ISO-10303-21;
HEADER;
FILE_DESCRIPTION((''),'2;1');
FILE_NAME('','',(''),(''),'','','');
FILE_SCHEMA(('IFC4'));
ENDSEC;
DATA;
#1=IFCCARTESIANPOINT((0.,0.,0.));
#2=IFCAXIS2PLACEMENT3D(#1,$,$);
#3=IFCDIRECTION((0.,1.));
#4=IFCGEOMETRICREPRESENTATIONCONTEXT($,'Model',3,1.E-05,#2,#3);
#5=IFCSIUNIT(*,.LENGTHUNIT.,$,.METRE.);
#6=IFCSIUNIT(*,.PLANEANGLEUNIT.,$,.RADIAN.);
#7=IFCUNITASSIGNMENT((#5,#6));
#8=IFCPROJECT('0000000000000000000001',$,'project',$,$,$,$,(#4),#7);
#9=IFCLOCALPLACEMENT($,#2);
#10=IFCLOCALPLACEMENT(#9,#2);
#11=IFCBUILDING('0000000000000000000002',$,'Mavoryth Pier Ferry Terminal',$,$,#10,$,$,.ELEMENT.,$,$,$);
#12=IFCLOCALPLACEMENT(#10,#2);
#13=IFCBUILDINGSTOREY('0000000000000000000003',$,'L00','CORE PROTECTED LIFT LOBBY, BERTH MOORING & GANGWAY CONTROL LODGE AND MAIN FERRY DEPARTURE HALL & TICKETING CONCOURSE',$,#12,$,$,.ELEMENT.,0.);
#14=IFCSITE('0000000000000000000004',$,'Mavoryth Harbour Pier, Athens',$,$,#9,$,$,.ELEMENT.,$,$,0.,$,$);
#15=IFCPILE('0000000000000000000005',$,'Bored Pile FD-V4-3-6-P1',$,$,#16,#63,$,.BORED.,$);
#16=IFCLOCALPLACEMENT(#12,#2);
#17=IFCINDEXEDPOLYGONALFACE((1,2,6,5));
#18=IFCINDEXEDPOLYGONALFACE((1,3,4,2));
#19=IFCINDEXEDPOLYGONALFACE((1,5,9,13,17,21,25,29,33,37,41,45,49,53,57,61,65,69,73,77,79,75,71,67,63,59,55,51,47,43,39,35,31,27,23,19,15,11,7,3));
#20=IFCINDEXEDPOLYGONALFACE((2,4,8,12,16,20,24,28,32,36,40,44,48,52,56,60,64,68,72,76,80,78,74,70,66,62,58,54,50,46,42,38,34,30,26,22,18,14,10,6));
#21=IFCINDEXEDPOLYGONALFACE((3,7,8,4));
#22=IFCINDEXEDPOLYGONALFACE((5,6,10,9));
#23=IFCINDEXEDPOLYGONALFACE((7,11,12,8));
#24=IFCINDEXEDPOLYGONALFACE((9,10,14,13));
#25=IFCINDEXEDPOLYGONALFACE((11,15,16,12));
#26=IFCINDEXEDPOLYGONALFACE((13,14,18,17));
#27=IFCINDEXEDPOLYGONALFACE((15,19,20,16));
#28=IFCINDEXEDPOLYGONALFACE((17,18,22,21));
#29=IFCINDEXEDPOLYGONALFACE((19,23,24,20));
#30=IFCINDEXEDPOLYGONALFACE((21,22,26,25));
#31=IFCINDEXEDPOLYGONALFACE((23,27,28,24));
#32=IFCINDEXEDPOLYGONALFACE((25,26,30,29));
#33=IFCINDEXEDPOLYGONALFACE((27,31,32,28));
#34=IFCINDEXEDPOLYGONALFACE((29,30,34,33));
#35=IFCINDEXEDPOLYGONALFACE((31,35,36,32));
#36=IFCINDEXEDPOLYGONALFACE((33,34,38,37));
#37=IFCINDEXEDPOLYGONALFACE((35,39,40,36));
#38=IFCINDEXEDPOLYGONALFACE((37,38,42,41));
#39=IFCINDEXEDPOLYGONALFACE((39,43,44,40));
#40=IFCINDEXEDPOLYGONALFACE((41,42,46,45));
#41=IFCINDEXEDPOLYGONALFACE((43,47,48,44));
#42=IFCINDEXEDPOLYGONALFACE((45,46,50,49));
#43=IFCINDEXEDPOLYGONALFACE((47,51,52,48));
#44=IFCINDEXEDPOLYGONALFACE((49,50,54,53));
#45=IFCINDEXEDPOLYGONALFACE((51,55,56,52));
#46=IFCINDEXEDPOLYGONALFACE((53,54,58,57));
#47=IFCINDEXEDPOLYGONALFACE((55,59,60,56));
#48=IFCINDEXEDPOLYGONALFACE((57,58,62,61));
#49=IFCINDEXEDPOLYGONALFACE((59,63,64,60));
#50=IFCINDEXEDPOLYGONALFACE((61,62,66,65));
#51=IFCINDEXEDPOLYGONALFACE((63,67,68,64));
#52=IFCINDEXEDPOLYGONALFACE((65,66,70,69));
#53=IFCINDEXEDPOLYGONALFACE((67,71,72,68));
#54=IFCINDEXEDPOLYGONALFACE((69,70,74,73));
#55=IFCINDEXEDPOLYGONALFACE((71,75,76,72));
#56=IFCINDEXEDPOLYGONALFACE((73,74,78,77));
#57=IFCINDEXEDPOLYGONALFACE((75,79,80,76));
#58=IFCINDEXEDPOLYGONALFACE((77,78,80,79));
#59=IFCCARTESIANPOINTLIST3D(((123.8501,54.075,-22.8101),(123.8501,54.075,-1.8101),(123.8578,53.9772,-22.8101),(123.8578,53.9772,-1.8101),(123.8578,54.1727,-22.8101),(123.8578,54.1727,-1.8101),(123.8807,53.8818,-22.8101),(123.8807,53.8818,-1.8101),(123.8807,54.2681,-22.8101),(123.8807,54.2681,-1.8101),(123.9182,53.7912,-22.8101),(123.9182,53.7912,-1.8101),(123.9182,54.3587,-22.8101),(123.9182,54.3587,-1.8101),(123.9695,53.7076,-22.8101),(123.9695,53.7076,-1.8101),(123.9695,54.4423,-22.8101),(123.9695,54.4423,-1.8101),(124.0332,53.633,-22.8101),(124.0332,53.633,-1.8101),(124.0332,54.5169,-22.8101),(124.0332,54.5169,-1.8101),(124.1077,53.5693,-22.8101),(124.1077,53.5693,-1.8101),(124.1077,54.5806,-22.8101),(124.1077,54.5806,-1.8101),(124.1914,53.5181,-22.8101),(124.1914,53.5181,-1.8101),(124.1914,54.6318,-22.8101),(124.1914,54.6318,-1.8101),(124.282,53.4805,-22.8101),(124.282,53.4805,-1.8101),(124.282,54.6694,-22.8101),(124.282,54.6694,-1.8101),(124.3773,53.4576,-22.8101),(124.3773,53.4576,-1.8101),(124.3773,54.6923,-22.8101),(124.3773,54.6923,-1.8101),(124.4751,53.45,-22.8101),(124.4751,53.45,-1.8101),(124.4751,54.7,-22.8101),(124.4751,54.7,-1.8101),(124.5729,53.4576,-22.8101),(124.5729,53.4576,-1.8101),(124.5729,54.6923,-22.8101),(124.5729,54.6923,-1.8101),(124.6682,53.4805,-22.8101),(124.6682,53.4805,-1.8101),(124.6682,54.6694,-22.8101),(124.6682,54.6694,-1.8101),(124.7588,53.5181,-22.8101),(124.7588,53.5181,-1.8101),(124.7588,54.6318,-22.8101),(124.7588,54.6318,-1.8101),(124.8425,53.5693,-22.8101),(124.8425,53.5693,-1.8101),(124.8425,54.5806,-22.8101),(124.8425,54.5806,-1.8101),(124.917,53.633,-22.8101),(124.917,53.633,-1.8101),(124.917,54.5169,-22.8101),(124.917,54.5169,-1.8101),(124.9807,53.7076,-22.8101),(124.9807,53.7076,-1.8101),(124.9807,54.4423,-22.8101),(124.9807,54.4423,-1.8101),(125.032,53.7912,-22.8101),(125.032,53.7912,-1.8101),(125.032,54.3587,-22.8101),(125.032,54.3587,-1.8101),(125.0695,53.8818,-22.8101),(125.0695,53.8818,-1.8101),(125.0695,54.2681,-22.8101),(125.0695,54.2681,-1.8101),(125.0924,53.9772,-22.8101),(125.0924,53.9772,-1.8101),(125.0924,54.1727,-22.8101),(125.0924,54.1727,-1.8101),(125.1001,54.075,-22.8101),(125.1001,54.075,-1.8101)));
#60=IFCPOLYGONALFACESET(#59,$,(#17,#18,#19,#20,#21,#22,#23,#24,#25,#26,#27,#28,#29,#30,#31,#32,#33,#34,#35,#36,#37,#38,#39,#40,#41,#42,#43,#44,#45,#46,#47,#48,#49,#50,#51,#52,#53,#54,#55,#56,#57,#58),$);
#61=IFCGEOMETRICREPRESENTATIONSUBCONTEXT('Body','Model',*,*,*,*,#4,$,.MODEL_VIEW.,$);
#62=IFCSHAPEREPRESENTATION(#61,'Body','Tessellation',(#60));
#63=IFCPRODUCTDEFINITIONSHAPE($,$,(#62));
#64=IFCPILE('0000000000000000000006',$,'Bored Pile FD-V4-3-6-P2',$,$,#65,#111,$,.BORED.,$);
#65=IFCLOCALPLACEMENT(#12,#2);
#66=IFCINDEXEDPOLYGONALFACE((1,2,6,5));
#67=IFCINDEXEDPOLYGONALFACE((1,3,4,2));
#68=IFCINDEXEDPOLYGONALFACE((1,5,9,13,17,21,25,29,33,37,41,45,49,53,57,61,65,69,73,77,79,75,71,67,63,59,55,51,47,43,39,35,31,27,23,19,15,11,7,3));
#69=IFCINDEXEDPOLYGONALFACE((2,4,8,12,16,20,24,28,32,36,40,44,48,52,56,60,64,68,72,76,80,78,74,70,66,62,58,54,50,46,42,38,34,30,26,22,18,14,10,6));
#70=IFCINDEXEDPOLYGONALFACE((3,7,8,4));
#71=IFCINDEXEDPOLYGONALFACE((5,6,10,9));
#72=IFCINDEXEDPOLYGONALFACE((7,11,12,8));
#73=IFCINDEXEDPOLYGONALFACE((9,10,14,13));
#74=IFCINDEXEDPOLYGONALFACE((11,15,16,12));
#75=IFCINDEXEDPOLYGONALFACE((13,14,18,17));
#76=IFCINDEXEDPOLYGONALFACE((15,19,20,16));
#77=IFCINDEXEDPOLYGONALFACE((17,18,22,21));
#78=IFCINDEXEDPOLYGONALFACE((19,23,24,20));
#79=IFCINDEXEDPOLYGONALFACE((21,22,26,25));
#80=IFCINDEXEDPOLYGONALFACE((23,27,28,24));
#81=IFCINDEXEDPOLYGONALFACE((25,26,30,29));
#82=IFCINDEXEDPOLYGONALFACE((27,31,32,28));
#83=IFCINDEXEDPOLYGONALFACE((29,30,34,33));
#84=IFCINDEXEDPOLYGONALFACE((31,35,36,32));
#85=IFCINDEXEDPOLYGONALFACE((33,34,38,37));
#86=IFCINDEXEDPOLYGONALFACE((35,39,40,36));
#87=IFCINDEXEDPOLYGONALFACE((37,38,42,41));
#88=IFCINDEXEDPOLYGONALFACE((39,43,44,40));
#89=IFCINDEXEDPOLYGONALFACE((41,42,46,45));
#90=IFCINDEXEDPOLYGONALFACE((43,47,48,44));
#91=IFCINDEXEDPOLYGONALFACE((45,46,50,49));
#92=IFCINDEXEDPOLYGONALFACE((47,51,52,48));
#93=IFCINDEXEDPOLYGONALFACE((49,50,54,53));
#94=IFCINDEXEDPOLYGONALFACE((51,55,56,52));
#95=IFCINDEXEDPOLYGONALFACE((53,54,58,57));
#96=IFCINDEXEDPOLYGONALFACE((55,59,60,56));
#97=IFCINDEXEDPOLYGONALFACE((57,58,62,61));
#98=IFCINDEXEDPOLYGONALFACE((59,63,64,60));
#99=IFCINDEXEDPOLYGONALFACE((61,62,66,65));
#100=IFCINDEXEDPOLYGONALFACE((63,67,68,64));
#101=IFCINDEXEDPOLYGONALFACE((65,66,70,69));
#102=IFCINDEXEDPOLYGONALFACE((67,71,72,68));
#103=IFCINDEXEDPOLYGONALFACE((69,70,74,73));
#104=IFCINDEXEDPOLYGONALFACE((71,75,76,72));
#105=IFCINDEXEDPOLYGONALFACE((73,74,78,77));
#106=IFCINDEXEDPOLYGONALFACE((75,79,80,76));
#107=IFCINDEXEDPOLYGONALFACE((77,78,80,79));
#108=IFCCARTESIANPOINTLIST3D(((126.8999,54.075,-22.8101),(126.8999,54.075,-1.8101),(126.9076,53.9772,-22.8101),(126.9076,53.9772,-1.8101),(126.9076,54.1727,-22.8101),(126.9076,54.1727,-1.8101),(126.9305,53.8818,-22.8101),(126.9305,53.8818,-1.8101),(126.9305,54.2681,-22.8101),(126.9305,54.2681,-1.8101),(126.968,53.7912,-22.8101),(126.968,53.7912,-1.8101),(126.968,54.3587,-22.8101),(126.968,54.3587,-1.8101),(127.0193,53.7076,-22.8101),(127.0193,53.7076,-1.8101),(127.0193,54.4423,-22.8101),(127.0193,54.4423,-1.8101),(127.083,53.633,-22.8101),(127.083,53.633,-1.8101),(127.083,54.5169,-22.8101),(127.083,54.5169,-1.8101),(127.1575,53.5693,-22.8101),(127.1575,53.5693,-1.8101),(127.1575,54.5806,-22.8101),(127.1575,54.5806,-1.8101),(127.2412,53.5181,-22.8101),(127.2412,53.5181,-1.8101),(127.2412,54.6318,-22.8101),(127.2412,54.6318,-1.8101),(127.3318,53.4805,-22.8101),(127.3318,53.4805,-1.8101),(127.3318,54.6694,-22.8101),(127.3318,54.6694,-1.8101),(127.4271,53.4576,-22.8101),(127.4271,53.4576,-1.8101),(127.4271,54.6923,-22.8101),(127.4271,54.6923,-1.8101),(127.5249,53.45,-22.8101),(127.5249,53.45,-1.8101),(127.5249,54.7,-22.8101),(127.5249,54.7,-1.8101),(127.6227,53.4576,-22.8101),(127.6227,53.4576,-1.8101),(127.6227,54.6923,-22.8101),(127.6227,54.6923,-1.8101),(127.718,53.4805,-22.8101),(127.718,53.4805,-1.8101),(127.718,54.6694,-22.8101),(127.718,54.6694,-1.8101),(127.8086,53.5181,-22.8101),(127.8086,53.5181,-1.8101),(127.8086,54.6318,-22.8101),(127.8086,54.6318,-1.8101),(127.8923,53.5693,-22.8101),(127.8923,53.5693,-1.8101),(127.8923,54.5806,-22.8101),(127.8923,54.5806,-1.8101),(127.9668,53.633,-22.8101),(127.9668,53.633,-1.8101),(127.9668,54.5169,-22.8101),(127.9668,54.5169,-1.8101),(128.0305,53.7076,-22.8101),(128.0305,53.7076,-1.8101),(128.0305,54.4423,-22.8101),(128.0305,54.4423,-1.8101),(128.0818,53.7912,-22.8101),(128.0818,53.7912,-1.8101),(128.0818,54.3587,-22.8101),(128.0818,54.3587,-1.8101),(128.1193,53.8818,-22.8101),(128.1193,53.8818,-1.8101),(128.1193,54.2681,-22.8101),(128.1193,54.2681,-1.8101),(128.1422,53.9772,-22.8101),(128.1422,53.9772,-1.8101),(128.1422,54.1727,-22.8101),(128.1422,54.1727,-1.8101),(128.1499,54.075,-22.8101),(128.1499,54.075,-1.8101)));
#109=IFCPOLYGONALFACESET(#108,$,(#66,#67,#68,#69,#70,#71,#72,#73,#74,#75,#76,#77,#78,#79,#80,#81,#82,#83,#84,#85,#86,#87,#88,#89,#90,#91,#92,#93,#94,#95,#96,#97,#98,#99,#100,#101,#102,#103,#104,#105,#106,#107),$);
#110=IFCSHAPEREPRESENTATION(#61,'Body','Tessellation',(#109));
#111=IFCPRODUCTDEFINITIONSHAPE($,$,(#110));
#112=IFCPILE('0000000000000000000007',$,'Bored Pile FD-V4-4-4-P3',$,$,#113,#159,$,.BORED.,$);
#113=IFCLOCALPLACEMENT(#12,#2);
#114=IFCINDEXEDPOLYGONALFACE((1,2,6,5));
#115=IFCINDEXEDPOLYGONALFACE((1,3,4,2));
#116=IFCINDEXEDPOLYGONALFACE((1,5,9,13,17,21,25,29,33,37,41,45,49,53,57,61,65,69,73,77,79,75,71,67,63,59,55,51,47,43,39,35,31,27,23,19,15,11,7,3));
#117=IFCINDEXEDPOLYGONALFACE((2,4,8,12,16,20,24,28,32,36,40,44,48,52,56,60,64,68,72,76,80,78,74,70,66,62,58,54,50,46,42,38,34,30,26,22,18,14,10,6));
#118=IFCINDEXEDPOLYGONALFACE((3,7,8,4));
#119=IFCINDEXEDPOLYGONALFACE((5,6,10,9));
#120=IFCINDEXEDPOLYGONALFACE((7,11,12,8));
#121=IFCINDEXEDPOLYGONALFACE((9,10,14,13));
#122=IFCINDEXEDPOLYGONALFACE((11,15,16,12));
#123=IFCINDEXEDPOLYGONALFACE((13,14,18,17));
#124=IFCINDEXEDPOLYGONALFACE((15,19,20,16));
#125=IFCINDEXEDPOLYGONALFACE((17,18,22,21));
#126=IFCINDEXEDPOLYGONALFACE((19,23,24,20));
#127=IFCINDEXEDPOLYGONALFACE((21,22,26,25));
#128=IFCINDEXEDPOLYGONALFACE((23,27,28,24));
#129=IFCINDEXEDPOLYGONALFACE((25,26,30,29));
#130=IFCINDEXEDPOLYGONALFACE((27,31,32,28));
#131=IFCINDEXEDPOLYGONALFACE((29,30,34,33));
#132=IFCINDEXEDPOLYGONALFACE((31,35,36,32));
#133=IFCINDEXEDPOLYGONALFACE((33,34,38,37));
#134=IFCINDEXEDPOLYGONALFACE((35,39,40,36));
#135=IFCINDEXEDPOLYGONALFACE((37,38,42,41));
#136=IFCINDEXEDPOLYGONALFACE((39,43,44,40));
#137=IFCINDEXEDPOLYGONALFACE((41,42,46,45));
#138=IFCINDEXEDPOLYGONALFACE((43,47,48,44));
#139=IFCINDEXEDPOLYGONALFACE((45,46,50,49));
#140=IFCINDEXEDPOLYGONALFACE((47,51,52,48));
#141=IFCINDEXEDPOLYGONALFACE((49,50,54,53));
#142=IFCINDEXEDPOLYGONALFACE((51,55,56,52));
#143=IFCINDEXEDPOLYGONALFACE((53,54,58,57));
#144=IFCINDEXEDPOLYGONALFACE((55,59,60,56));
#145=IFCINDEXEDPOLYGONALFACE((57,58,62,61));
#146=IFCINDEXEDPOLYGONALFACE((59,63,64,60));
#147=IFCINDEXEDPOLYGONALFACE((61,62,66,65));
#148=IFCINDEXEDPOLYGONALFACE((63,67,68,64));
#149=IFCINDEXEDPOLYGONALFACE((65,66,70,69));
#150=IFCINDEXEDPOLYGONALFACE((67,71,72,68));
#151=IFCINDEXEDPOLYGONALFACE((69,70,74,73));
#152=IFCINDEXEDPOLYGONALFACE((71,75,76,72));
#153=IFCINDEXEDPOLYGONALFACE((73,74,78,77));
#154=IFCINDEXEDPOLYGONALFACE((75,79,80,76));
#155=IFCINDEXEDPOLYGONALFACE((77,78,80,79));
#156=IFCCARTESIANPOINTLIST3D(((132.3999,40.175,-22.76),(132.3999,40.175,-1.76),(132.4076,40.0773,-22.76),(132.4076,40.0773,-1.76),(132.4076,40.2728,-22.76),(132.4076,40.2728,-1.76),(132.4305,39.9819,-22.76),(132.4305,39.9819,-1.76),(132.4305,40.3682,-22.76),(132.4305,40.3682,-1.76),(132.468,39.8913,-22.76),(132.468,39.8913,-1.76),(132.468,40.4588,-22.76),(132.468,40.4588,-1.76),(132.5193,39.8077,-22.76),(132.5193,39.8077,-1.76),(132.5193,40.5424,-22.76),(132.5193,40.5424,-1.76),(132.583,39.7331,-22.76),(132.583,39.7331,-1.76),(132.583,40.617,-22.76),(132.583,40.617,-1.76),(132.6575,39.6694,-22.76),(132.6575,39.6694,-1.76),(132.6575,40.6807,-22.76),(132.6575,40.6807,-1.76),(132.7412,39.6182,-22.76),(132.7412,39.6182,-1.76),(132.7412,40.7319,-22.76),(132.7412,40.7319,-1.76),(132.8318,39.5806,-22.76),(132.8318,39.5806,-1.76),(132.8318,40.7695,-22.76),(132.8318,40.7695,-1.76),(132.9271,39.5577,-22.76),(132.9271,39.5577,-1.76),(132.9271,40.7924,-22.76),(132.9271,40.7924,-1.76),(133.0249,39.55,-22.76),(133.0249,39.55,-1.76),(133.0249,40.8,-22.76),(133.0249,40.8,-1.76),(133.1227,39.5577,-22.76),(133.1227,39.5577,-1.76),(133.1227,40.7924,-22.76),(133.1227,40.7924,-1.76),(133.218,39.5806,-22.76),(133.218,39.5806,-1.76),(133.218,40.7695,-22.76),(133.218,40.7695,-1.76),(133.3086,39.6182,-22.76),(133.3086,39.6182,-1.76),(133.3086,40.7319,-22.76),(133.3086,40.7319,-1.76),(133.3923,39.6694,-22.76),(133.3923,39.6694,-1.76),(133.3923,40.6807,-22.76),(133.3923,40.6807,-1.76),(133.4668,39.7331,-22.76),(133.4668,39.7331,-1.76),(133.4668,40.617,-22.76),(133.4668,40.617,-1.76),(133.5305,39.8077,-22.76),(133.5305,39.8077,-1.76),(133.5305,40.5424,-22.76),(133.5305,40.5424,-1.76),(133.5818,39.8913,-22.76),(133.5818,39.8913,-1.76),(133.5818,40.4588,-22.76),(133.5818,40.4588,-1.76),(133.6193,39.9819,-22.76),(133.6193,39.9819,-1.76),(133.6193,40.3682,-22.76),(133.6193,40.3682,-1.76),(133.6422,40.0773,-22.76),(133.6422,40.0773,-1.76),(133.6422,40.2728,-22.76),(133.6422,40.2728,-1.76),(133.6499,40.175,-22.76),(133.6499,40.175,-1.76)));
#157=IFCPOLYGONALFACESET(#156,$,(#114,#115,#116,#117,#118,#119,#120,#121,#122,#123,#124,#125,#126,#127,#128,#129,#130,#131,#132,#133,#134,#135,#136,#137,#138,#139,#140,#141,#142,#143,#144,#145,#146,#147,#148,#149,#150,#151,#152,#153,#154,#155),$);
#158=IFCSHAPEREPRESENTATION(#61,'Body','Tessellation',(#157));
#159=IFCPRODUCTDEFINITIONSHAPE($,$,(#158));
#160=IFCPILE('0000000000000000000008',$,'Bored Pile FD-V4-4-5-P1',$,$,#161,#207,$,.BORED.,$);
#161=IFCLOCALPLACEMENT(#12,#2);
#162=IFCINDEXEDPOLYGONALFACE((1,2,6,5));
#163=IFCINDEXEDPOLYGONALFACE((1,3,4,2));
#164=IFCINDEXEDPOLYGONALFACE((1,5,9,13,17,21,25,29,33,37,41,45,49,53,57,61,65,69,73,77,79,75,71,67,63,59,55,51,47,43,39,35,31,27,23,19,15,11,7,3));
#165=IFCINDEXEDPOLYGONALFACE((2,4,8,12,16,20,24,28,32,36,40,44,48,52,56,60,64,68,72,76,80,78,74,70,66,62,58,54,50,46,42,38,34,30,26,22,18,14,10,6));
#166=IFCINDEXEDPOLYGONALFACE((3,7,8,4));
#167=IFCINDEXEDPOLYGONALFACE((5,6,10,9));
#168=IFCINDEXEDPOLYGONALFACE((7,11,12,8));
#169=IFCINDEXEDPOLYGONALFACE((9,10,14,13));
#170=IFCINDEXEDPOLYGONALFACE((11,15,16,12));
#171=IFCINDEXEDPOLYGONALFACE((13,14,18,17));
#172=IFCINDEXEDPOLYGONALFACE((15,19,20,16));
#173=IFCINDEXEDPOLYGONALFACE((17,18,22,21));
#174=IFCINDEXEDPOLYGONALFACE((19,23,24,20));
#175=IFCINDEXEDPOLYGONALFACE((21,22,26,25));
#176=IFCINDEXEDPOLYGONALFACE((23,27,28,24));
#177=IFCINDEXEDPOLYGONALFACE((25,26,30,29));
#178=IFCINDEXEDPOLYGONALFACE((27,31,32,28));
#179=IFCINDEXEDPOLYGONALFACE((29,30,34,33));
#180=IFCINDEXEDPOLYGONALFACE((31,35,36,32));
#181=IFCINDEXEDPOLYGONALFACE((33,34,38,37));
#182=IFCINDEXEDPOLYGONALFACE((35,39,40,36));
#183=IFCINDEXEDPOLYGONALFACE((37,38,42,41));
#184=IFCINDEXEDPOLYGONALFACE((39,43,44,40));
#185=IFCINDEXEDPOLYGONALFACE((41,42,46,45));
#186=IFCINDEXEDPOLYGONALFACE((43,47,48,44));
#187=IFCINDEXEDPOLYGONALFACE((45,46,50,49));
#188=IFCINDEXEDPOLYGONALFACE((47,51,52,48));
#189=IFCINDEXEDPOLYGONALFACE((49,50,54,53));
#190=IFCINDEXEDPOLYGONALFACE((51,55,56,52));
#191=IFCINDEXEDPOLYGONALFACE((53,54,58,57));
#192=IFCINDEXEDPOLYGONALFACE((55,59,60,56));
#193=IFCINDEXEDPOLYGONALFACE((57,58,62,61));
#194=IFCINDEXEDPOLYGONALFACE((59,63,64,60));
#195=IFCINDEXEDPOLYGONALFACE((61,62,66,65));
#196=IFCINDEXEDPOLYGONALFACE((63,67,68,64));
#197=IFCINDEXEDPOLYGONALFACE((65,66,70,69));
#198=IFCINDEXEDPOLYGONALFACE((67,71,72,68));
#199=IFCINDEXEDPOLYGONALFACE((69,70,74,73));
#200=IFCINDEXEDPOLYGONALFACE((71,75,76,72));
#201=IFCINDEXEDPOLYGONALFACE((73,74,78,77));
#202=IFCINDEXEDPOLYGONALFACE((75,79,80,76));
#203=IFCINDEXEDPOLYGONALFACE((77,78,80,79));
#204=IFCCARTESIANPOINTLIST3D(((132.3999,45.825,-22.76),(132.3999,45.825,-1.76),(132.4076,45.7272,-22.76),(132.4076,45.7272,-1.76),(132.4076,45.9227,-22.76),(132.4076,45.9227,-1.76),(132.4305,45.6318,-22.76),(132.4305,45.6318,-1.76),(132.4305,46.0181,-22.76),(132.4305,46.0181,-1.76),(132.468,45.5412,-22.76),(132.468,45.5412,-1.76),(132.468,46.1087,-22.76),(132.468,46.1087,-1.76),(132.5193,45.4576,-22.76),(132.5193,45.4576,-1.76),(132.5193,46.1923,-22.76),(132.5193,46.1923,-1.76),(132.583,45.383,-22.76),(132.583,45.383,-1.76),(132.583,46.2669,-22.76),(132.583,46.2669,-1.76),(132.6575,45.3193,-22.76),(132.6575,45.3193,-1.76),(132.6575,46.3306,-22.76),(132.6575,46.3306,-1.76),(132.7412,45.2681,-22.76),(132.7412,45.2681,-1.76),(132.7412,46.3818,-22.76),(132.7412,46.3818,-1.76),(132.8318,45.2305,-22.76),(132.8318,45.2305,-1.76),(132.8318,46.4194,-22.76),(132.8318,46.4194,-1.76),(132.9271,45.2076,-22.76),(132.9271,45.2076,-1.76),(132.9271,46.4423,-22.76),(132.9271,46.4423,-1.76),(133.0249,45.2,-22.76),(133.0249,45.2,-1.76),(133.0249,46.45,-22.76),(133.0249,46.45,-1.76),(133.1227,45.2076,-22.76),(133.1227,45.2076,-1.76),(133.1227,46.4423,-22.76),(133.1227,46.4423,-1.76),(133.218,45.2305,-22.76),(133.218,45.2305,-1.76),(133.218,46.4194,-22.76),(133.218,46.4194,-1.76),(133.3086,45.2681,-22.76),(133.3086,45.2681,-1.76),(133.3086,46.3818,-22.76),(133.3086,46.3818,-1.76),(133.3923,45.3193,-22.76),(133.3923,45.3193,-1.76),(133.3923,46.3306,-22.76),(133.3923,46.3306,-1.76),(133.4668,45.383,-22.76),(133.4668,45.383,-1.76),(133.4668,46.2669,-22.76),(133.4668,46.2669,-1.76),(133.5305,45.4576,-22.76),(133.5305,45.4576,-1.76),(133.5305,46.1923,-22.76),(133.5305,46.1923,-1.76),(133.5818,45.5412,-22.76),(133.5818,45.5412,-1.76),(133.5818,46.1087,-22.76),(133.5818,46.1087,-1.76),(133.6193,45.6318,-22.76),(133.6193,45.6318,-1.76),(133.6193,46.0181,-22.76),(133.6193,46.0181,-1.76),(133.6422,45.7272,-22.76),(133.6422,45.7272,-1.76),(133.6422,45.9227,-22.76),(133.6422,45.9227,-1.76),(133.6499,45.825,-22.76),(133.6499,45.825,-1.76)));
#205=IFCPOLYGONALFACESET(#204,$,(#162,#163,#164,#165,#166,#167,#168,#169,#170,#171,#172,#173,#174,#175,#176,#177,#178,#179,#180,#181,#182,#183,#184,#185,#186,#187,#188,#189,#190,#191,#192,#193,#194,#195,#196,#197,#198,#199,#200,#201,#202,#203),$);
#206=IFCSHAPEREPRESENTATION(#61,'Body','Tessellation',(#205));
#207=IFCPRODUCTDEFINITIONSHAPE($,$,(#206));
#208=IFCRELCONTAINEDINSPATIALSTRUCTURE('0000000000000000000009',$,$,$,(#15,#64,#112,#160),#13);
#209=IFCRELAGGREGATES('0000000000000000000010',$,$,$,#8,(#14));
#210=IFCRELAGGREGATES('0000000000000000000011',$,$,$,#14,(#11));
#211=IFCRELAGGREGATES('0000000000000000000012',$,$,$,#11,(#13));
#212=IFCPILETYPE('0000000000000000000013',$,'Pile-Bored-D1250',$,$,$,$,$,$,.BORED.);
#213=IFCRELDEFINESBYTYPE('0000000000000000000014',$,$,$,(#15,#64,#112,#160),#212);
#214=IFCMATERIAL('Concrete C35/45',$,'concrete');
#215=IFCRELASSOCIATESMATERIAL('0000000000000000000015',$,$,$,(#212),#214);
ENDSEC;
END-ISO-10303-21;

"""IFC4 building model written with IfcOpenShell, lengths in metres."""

from ifc_helpers import new_model, si_unit, direction, frame, origin, origin_2d, place, context, subcontext, project, spatial, circle, extrude, material, material_profile, profile_set, type_object, element, save


model = new_model("IFC4")

# Units and contexts
model_context = context("Model", 3, precision=1e-05, world=origin(), true_north=direction((0.0, 1.0)))
body_context = subcontext(model_context, "Body", "Model", "MODEL_VIEW")
ifc_project = project(units=[si_unit("LENGTHUNIT", "METRE"), si_unit("PLANEANGLEUNIT", "RADIAN")], contexts=[model_context])

# Site, building, storey
site_placement = place(None, origin())
site = spatial("IfcSite", under=ifc_project, at=site_placement, Name="Mavoryth Harbour Pier, Athens", CompositionType="ELEMENT", RefElevation=0.0)
building_placement = place(site_placement, origin())
building = spatial("IfcBuilding", under=site, at=building_placement, Name="Mavoryth Pier Ferry Terminal", CompositionType="ELEMENT")
storey_placement = place(building_placement, origin())
storey = spatial("IfcBuildingStorey", under=building, at=storey_placement, Name="L00", Description="CORE PROTECTED LIFT LOBBY, BERTH MOORING & GANGWAY CONTROL LODGE AND MAIN FERRY DEPARTURE HALL & TICKETING CONCOURSE", CompositionType="ELEMENT", Elevation=0.0)

# Shared definitions
ifc_material_1 = material(Name="Concrete C35/45", Category="concrete")

# Piles
ifc_material_profile_1 = material_profile(ifc_material_1, circle(Radius=0.625, at=origin_2d()), Name="PILE D1250", Category="concrete")
ifc_profile_set_1 = profile_set([ifc_material_profile_1], Name="Concrete C35/45 - PILE D1250")
pile_type_1 = type_object("IfcPileType", Name="Pile-Bored-D1250", PredefinedType="BORED", material=ifc_profile_set_1)
for number, where, z_axis, x_axis, name in (
    (1, (124.4751, 54.075, -1.8101), (0.0, 0.0, -1.0), (1.0, 0.0, 0.0), "Bored Pile FD-V4-3-6-P1"),
    (2, (127.5249, 54.075, -1.8101), (0.0, 0.0, -1.0), (1.0, 0.0, 0.0), "Bored Pile FD-V4-3-6-P2"),
    (3, (133.0249, 40.175, -1.76), (0.0, 0.0, -1.0), (1.0, 0.0, 0.0), "Bored Pile FD-V4-4-4-P3"),
    (4, (133.0249, 45.825, -1.76), (0.0, 0.0, -1.0), (1.0, 0.0, 0.0), "Bored Pile FD-V4-4-5-P1"),
):
    element("IfcPile", number, at=place(storey_placement, frame(where, z_axis=z_axis, x_axis=x_axis)), inside=storey, type_object=pile_type_1, Name=name, PredefinedType="BORED", context=body_context, shape_type="SweptSolid", body=[
        extrude(circle(Radius=0.625, at=origin_2d()), origin(), (0.0, 0.0, 1.0), 21.0),
    ])

save(model, "model.ifc")
